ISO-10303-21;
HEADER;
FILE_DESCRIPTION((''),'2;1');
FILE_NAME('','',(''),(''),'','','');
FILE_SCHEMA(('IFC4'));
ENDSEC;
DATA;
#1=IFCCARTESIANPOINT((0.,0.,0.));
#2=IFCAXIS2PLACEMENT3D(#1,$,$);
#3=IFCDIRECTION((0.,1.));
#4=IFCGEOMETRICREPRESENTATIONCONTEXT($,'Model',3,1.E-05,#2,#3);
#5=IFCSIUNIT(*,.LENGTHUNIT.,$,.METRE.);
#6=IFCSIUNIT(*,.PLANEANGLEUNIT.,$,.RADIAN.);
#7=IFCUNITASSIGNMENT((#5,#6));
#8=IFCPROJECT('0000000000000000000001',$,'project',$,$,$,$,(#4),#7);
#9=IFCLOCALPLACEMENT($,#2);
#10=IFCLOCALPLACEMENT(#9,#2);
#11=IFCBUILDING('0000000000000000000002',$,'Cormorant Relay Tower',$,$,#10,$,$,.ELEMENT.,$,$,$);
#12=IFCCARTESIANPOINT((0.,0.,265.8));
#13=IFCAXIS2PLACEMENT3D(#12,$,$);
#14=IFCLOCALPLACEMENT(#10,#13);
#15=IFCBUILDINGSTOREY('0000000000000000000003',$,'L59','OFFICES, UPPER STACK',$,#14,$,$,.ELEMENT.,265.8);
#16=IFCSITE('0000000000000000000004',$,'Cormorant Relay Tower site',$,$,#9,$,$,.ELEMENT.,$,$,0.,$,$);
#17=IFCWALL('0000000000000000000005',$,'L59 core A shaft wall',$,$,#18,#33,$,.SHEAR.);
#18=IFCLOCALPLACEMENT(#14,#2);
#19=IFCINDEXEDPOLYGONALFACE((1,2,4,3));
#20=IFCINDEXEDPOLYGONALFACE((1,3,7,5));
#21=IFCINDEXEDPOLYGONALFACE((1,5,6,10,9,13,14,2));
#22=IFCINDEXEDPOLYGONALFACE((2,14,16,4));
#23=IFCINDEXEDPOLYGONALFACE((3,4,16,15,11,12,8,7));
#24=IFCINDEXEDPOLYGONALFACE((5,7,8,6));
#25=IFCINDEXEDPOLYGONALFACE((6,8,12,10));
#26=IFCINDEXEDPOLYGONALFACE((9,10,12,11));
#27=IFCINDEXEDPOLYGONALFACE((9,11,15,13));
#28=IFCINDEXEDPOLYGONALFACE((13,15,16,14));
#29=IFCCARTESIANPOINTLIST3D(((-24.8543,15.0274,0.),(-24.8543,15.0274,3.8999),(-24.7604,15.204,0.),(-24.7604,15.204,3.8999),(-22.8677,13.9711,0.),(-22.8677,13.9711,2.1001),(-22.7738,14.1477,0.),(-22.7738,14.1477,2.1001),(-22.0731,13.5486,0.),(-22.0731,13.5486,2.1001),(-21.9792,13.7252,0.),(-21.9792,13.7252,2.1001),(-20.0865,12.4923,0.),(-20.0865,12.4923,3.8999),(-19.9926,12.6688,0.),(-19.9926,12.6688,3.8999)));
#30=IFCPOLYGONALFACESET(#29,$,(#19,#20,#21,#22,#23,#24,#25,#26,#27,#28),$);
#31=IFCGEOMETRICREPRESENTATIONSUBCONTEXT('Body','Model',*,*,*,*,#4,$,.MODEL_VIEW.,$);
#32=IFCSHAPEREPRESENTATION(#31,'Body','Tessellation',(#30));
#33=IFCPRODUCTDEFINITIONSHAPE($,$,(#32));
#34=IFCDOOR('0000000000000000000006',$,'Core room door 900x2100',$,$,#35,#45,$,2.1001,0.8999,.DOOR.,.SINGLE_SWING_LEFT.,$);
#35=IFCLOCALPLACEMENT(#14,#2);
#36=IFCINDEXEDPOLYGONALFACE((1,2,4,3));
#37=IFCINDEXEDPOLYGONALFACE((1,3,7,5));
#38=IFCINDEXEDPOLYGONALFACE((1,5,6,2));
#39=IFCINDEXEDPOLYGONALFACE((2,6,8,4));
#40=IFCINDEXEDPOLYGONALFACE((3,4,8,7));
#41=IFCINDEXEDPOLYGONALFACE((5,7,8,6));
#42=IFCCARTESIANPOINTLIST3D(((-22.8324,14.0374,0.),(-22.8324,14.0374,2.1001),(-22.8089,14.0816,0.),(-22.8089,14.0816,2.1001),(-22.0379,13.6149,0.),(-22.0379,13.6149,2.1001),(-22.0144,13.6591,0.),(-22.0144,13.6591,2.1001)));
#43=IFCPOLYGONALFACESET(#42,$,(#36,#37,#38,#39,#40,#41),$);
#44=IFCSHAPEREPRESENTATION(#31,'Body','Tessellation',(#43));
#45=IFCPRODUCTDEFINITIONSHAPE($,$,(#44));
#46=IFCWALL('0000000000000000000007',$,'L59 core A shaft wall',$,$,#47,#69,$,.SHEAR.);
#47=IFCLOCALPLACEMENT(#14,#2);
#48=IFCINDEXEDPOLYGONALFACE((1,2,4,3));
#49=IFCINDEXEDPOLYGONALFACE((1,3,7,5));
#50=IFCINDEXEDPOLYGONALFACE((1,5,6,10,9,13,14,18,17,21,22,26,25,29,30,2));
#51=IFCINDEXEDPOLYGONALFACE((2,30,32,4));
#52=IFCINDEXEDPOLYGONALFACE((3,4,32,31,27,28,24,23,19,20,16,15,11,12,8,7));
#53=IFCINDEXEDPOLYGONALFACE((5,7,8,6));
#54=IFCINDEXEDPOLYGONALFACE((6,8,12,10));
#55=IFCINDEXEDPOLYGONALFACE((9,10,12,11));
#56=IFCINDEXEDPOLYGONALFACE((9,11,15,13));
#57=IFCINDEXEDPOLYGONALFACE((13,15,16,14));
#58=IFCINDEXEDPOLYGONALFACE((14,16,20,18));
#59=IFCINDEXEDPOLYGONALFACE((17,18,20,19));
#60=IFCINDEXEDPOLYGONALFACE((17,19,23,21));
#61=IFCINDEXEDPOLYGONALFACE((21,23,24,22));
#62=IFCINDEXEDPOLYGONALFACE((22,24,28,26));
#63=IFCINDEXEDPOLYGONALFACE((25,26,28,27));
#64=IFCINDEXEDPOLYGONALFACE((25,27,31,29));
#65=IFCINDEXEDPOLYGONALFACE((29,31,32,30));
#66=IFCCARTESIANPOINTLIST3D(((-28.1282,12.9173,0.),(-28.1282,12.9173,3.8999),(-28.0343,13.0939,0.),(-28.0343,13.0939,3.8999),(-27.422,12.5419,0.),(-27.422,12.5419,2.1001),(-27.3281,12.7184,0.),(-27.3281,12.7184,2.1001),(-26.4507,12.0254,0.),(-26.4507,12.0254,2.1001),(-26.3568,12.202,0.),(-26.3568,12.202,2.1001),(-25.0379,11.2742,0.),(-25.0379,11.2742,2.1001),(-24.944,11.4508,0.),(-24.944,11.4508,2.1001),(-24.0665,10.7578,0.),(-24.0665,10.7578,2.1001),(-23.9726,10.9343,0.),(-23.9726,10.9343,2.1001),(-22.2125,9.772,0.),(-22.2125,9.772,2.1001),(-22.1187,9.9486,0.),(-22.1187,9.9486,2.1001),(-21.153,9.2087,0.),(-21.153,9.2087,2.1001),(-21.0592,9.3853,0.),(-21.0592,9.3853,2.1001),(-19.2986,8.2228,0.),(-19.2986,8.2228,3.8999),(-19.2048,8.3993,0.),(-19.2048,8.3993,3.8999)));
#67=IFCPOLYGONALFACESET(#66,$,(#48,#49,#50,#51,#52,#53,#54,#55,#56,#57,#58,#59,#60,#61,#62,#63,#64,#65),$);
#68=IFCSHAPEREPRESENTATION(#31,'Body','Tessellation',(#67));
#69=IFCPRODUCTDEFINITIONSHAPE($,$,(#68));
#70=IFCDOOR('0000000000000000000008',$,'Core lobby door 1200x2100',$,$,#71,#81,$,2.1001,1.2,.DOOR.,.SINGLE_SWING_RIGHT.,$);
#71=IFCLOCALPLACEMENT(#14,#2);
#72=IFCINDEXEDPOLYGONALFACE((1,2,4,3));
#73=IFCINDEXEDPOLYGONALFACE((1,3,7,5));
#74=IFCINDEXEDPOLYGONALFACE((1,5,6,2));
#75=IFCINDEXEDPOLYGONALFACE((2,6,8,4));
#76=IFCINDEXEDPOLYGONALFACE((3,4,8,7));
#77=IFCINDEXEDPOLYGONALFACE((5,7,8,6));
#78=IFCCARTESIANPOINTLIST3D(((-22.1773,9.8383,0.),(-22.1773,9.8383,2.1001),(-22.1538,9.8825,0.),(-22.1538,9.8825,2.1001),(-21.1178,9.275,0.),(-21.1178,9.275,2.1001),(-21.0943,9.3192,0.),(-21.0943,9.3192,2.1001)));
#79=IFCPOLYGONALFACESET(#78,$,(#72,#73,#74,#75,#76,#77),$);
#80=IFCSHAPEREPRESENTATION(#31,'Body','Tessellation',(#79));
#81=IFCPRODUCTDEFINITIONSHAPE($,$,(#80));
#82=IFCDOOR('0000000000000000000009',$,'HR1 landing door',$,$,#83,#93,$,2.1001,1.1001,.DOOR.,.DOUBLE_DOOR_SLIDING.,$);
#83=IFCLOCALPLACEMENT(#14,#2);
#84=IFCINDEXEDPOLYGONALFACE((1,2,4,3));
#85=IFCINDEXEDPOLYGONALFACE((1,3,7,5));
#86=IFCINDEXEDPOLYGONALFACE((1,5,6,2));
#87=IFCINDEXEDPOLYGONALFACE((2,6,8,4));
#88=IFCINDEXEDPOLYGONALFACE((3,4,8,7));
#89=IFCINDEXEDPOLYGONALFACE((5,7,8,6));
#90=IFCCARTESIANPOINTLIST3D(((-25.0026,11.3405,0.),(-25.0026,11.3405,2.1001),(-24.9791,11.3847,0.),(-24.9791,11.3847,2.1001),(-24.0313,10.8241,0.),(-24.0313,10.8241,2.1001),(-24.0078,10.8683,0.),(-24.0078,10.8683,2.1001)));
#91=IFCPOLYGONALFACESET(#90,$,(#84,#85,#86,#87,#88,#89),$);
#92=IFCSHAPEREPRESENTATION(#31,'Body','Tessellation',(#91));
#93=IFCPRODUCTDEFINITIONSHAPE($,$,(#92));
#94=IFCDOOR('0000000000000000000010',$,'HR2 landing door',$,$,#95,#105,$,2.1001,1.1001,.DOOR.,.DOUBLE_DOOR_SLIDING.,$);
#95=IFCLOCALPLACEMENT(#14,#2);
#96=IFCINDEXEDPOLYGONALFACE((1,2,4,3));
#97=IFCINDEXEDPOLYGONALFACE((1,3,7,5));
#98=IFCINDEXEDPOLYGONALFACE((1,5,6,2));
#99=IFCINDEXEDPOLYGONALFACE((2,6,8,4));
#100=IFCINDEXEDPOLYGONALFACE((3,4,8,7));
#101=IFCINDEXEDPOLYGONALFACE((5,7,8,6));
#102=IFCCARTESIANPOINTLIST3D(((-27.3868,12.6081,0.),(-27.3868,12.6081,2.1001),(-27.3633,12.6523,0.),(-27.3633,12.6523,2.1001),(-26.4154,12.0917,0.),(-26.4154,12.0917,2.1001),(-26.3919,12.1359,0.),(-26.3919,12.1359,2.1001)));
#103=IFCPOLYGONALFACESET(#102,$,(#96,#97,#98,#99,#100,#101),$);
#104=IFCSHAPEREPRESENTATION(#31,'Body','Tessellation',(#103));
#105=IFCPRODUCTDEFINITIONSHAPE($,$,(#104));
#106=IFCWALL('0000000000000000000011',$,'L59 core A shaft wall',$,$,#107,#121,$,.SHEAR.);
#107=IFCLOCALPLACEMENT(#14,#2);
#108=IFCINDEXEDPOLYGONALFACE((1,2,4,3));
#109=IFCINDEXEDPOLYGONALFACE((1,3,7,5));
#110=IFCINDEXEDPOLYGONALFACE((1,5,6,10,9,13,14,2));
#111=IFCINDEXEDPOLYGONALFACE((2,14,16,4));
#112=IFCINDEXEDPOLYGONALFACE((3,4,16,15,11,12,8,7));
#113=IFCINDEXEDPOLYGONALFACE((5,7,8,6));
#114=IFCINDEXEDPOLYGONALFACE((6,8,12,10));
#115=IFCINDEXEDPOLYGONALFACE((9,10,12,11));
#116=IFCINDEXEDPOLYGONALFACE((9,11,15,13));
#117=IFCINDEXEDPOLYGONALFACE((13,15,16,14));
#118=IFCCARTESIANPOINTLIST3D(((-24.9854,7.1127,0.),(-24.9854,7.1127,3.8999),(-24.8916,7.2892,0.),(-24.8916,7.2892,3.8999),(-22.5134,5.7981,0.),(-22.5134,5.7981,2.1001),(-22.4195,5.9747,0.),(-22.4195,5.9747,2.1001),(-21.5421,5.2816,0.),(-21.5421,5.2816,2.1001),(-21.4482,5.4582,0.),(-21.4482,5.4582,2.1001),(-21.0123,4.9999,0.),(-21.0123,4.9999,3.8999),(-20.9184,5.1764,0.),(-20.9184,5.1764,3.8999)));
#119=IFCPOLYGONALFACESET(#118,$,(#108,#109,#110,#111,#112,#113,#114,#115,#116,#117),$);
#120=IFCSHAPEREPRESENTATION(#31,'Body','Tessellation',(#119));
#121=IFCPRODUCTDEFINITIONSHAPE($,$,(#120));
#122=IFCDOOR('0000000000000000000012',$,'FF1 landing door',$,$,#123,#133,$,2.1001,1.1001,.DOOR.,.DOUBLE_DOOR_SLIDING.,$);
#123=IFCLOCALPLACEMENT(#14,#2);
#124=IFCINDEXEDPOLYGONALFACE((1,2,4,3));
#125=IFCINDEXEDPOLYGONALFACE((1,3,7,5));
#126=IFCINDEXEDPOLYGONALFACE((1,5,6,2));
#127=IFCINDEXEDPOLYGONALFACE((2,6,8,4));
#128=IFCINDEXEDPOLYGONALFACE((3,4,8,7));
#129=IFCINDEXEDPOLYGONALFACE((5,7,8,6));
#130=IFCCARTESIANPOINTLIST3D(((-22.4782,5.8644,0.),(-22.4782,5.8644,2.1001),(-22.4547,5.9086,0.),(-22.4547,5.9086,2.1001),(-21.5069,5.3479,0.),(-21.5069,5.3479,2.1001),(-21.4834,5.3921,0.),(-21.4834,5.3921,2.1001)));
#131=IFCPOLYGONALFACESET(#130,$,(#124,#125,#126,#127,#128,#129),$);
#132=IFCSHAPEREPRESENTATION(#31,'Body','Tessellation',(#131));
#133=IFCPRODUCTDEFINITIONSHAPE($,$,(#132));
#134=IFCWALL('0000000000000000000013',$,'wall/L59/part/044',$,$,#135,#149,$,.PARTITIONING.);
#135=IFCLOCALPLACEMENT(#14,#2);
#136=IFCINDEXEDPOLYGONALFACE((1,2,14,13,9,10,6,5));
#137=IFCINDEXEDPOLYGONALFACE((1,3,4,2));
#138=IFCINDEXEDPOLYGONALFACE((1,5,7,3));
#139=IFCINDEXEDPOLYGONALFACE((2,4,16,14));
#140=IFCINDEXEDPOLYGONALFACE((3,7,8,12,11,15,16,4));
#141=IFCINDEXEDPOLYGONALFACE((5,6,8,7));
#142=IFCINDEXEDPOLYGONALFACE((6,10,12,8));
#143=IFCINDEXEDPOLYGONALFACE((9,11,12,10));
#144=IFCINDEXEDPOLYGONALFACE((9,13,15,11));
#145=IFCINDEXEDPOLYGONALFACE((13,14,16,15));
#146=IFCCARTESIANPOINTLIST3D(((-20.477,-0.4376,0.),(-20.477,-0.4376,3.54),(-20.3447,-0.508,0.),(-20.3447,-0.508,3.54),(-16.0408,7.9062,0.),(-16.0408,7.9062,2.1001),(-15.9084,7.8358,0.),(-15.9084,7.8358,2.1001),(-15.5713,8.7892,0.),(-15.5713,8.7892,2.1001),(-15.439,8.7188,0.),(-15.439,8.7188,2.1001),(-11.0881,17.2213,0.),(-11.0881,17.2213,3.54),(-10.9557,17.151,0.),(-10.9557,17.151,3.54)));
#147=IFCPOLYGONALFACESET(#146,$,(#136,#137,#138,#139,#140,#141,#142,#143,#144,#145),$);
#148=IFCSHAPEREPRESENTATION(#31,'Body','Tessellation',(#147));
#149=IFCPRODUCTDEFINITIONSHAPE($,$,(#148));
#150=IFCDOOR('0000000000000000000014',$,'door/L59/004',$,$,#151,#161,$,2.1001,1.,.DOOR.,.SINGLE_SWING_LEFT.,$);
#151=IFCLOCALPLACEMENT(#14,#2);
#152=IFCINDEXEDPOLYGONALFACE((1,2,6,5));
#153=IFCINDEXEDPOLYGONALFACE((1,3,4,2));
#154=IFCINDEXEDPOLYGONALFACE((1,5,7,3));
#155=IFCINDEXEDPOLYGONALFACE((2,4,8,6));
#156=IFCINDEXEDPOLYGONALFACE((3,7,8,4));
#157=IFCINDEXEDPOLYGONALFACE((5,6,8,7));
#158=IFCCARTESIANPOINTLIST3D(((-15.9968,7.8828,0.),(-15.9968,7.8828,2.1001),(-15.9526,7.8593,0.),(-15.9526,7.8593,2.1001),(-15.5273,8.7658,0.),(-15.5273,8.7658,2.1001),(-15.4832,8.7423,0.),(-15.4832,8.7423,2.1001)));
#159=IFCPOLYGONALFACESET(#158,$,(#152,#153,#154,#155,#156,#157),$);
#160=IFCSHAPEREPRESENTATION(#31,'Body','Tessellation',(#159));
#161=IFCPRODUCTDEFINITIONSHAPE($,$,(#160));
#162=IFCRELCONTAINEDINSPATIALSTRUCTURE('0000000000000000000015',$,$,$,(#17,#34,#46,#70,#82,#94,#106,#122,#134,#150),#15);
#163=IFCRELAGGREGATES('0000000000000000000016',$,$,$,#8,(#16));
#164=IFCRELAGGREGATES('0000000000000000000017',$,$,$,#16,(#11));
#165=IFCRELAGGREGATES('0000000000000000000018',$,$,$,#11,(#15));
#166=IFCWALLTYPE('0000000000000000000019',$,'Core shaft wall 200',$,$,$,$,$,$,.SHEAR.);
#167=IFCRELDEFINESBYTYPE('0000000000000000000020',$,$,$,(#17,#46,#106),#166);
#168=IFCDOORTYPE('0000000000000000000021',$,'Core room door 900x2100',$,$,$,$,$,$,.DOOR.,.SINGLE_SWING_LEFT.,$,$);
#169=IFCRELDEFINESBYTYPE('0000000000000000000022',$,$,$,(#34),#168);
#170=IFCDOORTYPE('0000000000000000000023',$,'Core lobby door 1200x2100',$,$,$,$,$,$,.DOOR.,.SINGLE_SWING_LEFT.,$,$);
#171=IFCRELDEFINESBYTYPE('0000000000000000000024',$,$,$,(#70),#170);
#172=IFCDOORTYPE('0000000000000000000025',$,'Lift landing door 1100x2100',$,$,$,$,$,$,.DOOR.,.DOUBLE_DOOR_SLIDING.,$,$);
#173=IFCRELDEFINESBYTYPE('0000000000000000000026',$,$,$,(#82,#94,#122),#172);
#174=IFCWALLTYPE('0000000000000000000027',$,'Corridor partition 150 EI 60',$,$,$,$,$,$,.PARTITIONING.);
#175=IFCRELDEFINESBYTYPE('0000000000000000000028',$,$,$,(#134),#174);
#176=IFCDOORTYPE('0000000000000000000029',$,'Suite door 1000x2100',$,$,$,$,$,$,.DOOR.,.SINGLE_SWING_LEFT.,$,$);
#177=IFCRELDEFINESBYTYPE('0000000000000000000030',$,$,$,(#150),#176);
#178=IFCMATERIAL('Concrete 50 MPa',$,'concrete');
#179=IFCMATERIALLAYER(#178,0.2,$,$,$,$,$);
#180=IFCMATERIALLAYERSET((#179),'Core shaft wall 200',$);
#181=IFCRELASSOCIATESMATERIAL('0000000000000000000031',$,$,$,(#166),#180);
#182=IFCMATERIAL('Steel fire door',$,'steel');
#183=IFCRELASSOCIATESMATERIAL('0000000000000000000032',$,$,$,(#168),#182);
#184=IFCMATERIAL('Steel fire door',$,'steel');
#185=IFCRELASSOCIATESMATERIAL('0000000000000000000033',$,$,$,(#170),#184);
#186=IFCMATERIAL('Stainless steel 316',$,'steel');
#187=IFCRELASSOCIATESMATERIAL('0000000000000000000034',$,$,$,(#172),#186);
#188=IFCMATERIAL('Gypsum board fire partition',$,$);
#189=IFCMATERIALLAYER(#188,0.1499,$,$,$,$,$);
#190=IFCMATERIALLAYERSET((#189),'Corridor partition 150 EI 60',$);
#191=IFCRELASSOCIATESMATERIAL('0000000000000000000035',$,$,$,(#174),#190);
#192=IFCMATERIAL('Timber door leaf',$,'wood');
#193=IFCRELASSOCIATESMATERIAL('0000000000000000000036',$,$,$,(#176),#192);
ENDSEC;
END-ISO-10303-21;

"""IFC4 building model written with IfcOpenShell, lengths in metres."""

from ifc_helpers import new_model, si_unit, direction, frame, frame_2d, origin, place, context, subcontext, project, spatial, rectangle, extrude, material, layer, layer_set, type_object, element, fill, save


model = new_model("IFC4")

# Units and contexts
model_context = context("Model", 3, precision=1e-05, world=origin(), true_north=direction((0.0, 1.0)))
body_context = subcontext(model_context, "Body", "Model", "MODEL_VIEW")
ifc_project = project(units=[si_unit("LENGTHUNIT", "METRE"), si_unit("PLANEANGLEUNIT", "RADIAN")], contexts=[model_context])

# Site, building, storey
site_placement = place(None, origin())
site = spatial("IfcSite", under=ifc_project, at=site_placement, Name="Cormorant Relay Tower site", CompositionType="ELEMENT", RefElevation=0.0)
building_placement = place(site_placement, origin())
building = spatial("IfcBuilding", under=site, at=building_placement, Name="Cormorant Relay Tower", CompositionType="ELEMENT")
storey_placement = place(building_placement, frame((0.0, 0.0, 265.8)))
storey = spatial("IfcBuildingStorey", under=building, at=storey_placement, Name="L59", Description="OFFICES, UPPER STACK", CompositionType="ELEMENT", Elevation=265.8)

# Shared definitions
ifc_material_1 = material(Name="Concrete 50 MPa", Category="concrete")
ifc_layer_1 = layer(ifc_material_1, 0.2)
ifc_layer_set_1 = layer_set([ifc_layer_1], Name="Core shaft wall 200")
wall_type_1 = type_object("IfcWallType", Name="Core shaft wall 200", PredefinedType="SHEAR", material=ifc_layer_set_1)

# Wall, opening, door
wall_1_placement = place(storey_placement, frame((-20.0396, 12.5806, 0.0), z_axis=(0.0, 0.0, 1.0), x_axis=(-0.882943, 0.46948, 0.0)))
wall_1 = element("IfcWall", 1, at=wall_1_placement, inside=storey, type_object=wall_type_1, Name="L59 core A shaft wall", PredefinedType="SHEAR", context=body_context, shape_type="SweptSolid", body=[
    extrude(rectangle(XDim=5.3999, YDim=0.2, at=frame_2d((2.7, 0.0))), origin(), (0.0, 0.0, 1.0), 3.8999),
])
opening_1_placement = place(wall_1_placement, frame((2.25, 0.0, 0.0)))
opening_1 = element("IfcOpeningElement", 2, at=opening_1_placement, cuts=wall_1, PredefinedType="OPENING", context=body_context, shape_type="SweptSolid", body=[
    extrude(rectangle(XDim=0.8999, YDim=2.1001, at=frame_2d((0.45, 1.05))), frame((0.0, 0.1099, 0.0), z_axis=(0.0, -1.0, 0.0), x_axis=(1.0, 0.0, 0.0)), (0.0, 0.0, 1.0), 0.22),
])
ifc_material_2 = material(Name="Steel fire door", Category="steel")
door_type_1 = type_object("IfcDoorType", Name="Core room door 900x2100", OperationType="SINGLE_SWING_LEFT", PredefinedType="DOOR", material=ifc_material_2)
door_1_placement = place(opening_1_placement, origin())
door_1 = element("IfcDoor", 3, at=door_1_placement, inside=storey, type_object=door_type_1, Name="Core room door 900x2100", OperationType="SINGLE_SWING_LEFT", OverallHeight=2.1001, OverallWidth=0.8999, PredefinedType="DOOR", context=body_context, shape_type="SweptSolid", body=[
    extrude(rectangle(XDim=0.8999, YDim=2.1001, at=frame_2d((0.45, 1.05))), frame((0.0, 0.0249, 0.0), z_axis=(0.0, -1.0, 0.0), x_axis=(1.0, 0.0, 0.0)), (0.0, 0.0, 1.0), 0.05),
])
fill(opening_1, door_1)

# Wall, openings, doors
wall_2_placement = place(storey_placement, frame((-19.2517, 8.311, 0.0), z_axis=(0.0, 0.0, 1.0), x_axis=(-0.882956, 0.469456, 0.0)))
wall_2 = element("IfcWall", 4, at=wall_2_placement, inside=storey, type_object=wall_type_1, Name="L59 core A shaft wall", PredefinedType="SHEAR", context=body_context, shape_type="SweptSolid", body=[
    extrude(rectangle(XDim=10.0, YDim=0.2, at=frame_2d((5.0, 0.0))), origin(), (0.0, 0.0, 1.0), 3.8999),
])
opening_2_placement = place(wall_2_placement, frame((2.1001, 0.0, 0.0)))
opening_2 = element("IfcOpeningElement", 5, at=opening_2_placement, cuts=wall_2, PredefinedType="OPENING", context=body_context, shape_type="SweptSolid", body=[
    extrude(rectangle(XDim=1.2, YDim=2.1001, at=frame_2d((0.6001, 1.05))), frame((0.0, 0.1099, 0.0), z_axis=(0.0, -1.0, 0.0), x_axis=(1.0, 0.0, 0.0)), (0.0, 0.0, 1.0), 0.22),
])
opening_3_placement = place(wall_2_placement, frame((5.3999, 0.0, 0.0)))
opening_3 = element("IfcOpeningElement", 6, at=opening_3_placement, cuts=wall_2, PredefinedType="OPENING", context=body_context, shape_type="SweptSolid", body=[
    extrude(rectangle(XDim=1.1001, YDim=2.1001, at=frame_2d((0.55, 1.05))), frame((0.0, 0.1099, 0.0), z_axis=(0.0, -1.0, 0.0), x_axis=(1.0, 0.0, 0.0)), (0.0, 0.0, 1.0), 0.22),
])
opening_4_placement = place(wall_2_placement, frame((8.1001, 0.0, 0.0)))
opening_4 = element("IfcOpeningElement", 7, at=opening_4_placement, cuts=wall_2, PredefinedType="OPENING", context=body_context, shape_type="SweptSolid", body=[
    extrude(rectangle(XDim=1.1001, YDim=2.1001, at=frame_2d((0.55, 1.05))), frame((0.0, 0.1099, 0.0), z_axis=(0.0, -1.0, 0.0), x_axis=(1.0, 0.0, 0.0)), (0.0, 0.0, 1.0), 0.22),
])
ifc_material_3 = material(Name="Steel fire door", Category="steel")
door_type_2 = type_object("IfcDoorType", Name="Core lobby door 1200x2100", OperationType="SINGLE_SWING_LEFT", PredefinedType="DOOR", material=ifc_material_3)
door_2_placement = place(opening_2_placement, origin())
door_2 = element("IfcDoor", 8, at=door_2_placement, inside=storey, type_object=door_type_2, Name="Core lobby door 1200x2100", OperationType="SINGLE_SWING_RIGHT", OverallHeight=2.1001, OverallWidth=1.2, PredefinedType="DOOR", context=body_context, shape_type="SweptSolid", body=[
    extrude(rectangle(XDim=1.2, YDim=2.1001, at=frame_2d((0.6001, 1.05))), frame((0.0, 0.0249, 0.0), z_axis=(0.0, -1.0, 0.0), x_axis=(1.0, 0.0, 0.0)), (0.0, 0.0, 1.0), 0.05),
])
fill(opening_2, door_2)
ifc_material_4 = material(Name="Stainless steel 316", Category="steel")
door_type_3 = type_object("IfcDoorType", Name="Lift landing door 1100x2100", OperationType="DOUBLE_DOOR_SLIDING", PredefinedType="DOOR", material=ifc_material_4)
door_3_placement = place(opening_3_placement, origin())
door_3 = element("IfcDoor", 9, at=door_3_placement, inside=storey, type_object=door_type_3, Name="HR1 landing door", OperationType="DOUBLE_DOOR_SLIDING", OverallHeight=2.1001, OverallWidth=1.1001, PredefinedType="DOOR", context=body_context, shape_type="SweptSolid", body=[
    extrude(rectangle(XDim=1.1001, YDim=2.1001, at=frame_2d((0.55, 1.05))), frame((0.0, 0.0249, 0.0), z_axis=(0.0, -1.0, 0.0), x_axis=(1.0, 0.0, 0.0)), (0.0, 0.0, 1.0), 0.05),
])
fill(opening_3, door_3)
door_4_placement = place(opening_4_placement, origin())
door_4 = element("IfcDoor", 10, at=door_4_placement, inside=storey, type_object=door_type_3, Name="HR2 landing door", OperationType="DOUBLE_DOOR_SLIDING", OverallHeight=2.1001, OverallWidth=1.1001, PredefinedType="DOOR", context=body_context, shape_type="SweptSolid", body=[
    extrude(rectangle(XDim=1.1001, YDim=2.1001, at=frame_2d((0.55, 1.05))), frame((0.0, 0.0249, 0.0), z_axis=(0.0, -1.0, 0.0), x_axis=(1.0, 0.0, 0.0)), (0.0, 0.0, 1.0), 0.05),
])
fill(opening_4, door_4)

# Walls, openings, doors
wall_3_placement = place(storey_placement, frame((-20.9653, 5.0881, 0.0), z_axis=(0.0, 0.0, 1.0), x_axis=(-0.882926, 0.469512, 0.0)))
wall_3 = element("IfcWall", 11, at=wall_3_placement, inside=storey, type_object=wall_type_1, Name="L59 core A shaft wall", PredefinedType="SHEAR", context=body_context, shape_type="SweptSolid", body=[
    extrude(rectangle(XDim=4.5, YDim=0.2, at=frame_2d((2.25, 0.0))), origin(), (0.0, 0.0, 1.0), 3.8999),
])
opening_5_placement = place(wall_3_placement, frame((0.6001, 0.0, 0.0)))
opening_5 = element("IfcOpeningElement", 12, at=opening_5_placement, cuts=wall_3, PredefinedType="OPENING", context=body_context, shape_type="SweptSolid", body=[
    extrude(rectangle(XDim=1.1001, YDim=2.1001, at=frame_2d((0.55, 1.05))), frame((0.0, 0.1099, 0.0), z_axis=(0.0, -1.0, 0.0), x_axis=(1.0, 0.0, 0.0)), (0.0, 0.0, 1.0), 0.22),
])
door_5_placement = place(opening_5_placement, origin())
door_5 = element("IfcDoor", 13, at=door_5_placement, inside=storey, type_object=door_type_3, Name="FF1 landing door", OperationType="DOUBLE_DOOR_SLIDING", OverallHeight=2.1001, OverallWidth=1.1001, PredefinedType="DOOR", context=body_context, shape_type="SweptSolid", body=[
    extrude(rectangle(XDim=1.1001, YDim=2.1001, at=frame_2d((0.55, 1.05))), frame((0.0, 0.0249, 0.0), z_axis=(0.0, -1.0, 0.0), x_axis=(1.0, 0.0, 0.0)), (0.0, 0.0, 1.0), 0.05),
])
fill(opening_5, door_5)
ifc_material_5 = material(Name="Gypsum board fire partition")
ifc_layer_2 = layer(ifc_material_5, 0.1499)
ifc_layer_set_2 = layer_set([ifc_layer_2], Name="Corridor partition 150 EI 60")
wall_type_2 = type_object("IfcWallType", Name="Corridor partition 150 EI 60", PredefinedType="PARTITIONING", material=ifc_layer_set_2)
wall_4_placement = place(storey_placement, frame((-20.4109, -0.4729, 0.0), z_axis=(0.0, 0.0, 1.0), x_axis=(0.469452, 0.882958, 0.0)))
wall_4 = element("IfcWall", 14, at=wall_4_placement, inside=storey, type_object=wall_type_2, Name="wall/L59/part/044", PredefinedType="PARTITIONING", context=body_context, shape_type="SweptSolid", body=[
    extrude(rectangle(XDim=19.9998, YDim=0.1499, at=frame_2d((10.0, 0.0))), origin(), (0.0, 0.0, 1.0), 3.54),
])
opening_6_placement = place(wall_4_placement, frame((9.45, 0.0, 0.0)))
opening_6 = element("IfcOpeningElement", 15, at=opening_6_placement, cuts=wall_4, PredefinedType="OPENING", context=body_context, shape_type="SweptSolid", body=[
    extrude(rectangle(XDim=1.0, YDim=2.1001, at=frame_2d((0.5, 1.05))), frame((0.0, 0.085, 0.0), z_axis=(0.0, -1.0, 0.0), x_axis=(1.0, 0.0, 0.0)), (0.0, 0.0, 1.0), 0.1699),
])
ifc_material_6 = material(Name="Timber door leaf", Category="wood")
door_type_4 = type_object("IfcDoorType", Name="Suite door 1000x2100", OperationType="SINGLE_SWING_LEFT", PredefinedType="DOOR", material=ifc_material_6)
door_6_placement = place(opening_6_placement, frame((1.0, 0.0, 0.0), z_axis=(0.0, 0.0, 1.0), x_axis=(-1.0, 0.0, 0.0)))
door_6 = element("IfcDoor", 16, at=door_6_placement, inside=storey, type_object=door_type_4, Name="door/L59/004", OperationType="SINGLE_SWING_LEFT", OverallHeight=2.1001, OverallWidth=1.0, PredefinedType="DOOR", context=body_context, shape_type="SweptSolid", body=[
    extrude(rectangle(XDim=1.0, YDim=2.1001, at=frame_2d((0.5, 1.05))), frame((0.0, 0.0249, 0.0), z_axis=(0.0, -1.0, 0.0), x_axis=(1.0, 0.0, 0.0)), (0.0, 0.0, 1.0), 0.05),
])
fill(opening_6, door_6)

save(model, "model.ifc")
